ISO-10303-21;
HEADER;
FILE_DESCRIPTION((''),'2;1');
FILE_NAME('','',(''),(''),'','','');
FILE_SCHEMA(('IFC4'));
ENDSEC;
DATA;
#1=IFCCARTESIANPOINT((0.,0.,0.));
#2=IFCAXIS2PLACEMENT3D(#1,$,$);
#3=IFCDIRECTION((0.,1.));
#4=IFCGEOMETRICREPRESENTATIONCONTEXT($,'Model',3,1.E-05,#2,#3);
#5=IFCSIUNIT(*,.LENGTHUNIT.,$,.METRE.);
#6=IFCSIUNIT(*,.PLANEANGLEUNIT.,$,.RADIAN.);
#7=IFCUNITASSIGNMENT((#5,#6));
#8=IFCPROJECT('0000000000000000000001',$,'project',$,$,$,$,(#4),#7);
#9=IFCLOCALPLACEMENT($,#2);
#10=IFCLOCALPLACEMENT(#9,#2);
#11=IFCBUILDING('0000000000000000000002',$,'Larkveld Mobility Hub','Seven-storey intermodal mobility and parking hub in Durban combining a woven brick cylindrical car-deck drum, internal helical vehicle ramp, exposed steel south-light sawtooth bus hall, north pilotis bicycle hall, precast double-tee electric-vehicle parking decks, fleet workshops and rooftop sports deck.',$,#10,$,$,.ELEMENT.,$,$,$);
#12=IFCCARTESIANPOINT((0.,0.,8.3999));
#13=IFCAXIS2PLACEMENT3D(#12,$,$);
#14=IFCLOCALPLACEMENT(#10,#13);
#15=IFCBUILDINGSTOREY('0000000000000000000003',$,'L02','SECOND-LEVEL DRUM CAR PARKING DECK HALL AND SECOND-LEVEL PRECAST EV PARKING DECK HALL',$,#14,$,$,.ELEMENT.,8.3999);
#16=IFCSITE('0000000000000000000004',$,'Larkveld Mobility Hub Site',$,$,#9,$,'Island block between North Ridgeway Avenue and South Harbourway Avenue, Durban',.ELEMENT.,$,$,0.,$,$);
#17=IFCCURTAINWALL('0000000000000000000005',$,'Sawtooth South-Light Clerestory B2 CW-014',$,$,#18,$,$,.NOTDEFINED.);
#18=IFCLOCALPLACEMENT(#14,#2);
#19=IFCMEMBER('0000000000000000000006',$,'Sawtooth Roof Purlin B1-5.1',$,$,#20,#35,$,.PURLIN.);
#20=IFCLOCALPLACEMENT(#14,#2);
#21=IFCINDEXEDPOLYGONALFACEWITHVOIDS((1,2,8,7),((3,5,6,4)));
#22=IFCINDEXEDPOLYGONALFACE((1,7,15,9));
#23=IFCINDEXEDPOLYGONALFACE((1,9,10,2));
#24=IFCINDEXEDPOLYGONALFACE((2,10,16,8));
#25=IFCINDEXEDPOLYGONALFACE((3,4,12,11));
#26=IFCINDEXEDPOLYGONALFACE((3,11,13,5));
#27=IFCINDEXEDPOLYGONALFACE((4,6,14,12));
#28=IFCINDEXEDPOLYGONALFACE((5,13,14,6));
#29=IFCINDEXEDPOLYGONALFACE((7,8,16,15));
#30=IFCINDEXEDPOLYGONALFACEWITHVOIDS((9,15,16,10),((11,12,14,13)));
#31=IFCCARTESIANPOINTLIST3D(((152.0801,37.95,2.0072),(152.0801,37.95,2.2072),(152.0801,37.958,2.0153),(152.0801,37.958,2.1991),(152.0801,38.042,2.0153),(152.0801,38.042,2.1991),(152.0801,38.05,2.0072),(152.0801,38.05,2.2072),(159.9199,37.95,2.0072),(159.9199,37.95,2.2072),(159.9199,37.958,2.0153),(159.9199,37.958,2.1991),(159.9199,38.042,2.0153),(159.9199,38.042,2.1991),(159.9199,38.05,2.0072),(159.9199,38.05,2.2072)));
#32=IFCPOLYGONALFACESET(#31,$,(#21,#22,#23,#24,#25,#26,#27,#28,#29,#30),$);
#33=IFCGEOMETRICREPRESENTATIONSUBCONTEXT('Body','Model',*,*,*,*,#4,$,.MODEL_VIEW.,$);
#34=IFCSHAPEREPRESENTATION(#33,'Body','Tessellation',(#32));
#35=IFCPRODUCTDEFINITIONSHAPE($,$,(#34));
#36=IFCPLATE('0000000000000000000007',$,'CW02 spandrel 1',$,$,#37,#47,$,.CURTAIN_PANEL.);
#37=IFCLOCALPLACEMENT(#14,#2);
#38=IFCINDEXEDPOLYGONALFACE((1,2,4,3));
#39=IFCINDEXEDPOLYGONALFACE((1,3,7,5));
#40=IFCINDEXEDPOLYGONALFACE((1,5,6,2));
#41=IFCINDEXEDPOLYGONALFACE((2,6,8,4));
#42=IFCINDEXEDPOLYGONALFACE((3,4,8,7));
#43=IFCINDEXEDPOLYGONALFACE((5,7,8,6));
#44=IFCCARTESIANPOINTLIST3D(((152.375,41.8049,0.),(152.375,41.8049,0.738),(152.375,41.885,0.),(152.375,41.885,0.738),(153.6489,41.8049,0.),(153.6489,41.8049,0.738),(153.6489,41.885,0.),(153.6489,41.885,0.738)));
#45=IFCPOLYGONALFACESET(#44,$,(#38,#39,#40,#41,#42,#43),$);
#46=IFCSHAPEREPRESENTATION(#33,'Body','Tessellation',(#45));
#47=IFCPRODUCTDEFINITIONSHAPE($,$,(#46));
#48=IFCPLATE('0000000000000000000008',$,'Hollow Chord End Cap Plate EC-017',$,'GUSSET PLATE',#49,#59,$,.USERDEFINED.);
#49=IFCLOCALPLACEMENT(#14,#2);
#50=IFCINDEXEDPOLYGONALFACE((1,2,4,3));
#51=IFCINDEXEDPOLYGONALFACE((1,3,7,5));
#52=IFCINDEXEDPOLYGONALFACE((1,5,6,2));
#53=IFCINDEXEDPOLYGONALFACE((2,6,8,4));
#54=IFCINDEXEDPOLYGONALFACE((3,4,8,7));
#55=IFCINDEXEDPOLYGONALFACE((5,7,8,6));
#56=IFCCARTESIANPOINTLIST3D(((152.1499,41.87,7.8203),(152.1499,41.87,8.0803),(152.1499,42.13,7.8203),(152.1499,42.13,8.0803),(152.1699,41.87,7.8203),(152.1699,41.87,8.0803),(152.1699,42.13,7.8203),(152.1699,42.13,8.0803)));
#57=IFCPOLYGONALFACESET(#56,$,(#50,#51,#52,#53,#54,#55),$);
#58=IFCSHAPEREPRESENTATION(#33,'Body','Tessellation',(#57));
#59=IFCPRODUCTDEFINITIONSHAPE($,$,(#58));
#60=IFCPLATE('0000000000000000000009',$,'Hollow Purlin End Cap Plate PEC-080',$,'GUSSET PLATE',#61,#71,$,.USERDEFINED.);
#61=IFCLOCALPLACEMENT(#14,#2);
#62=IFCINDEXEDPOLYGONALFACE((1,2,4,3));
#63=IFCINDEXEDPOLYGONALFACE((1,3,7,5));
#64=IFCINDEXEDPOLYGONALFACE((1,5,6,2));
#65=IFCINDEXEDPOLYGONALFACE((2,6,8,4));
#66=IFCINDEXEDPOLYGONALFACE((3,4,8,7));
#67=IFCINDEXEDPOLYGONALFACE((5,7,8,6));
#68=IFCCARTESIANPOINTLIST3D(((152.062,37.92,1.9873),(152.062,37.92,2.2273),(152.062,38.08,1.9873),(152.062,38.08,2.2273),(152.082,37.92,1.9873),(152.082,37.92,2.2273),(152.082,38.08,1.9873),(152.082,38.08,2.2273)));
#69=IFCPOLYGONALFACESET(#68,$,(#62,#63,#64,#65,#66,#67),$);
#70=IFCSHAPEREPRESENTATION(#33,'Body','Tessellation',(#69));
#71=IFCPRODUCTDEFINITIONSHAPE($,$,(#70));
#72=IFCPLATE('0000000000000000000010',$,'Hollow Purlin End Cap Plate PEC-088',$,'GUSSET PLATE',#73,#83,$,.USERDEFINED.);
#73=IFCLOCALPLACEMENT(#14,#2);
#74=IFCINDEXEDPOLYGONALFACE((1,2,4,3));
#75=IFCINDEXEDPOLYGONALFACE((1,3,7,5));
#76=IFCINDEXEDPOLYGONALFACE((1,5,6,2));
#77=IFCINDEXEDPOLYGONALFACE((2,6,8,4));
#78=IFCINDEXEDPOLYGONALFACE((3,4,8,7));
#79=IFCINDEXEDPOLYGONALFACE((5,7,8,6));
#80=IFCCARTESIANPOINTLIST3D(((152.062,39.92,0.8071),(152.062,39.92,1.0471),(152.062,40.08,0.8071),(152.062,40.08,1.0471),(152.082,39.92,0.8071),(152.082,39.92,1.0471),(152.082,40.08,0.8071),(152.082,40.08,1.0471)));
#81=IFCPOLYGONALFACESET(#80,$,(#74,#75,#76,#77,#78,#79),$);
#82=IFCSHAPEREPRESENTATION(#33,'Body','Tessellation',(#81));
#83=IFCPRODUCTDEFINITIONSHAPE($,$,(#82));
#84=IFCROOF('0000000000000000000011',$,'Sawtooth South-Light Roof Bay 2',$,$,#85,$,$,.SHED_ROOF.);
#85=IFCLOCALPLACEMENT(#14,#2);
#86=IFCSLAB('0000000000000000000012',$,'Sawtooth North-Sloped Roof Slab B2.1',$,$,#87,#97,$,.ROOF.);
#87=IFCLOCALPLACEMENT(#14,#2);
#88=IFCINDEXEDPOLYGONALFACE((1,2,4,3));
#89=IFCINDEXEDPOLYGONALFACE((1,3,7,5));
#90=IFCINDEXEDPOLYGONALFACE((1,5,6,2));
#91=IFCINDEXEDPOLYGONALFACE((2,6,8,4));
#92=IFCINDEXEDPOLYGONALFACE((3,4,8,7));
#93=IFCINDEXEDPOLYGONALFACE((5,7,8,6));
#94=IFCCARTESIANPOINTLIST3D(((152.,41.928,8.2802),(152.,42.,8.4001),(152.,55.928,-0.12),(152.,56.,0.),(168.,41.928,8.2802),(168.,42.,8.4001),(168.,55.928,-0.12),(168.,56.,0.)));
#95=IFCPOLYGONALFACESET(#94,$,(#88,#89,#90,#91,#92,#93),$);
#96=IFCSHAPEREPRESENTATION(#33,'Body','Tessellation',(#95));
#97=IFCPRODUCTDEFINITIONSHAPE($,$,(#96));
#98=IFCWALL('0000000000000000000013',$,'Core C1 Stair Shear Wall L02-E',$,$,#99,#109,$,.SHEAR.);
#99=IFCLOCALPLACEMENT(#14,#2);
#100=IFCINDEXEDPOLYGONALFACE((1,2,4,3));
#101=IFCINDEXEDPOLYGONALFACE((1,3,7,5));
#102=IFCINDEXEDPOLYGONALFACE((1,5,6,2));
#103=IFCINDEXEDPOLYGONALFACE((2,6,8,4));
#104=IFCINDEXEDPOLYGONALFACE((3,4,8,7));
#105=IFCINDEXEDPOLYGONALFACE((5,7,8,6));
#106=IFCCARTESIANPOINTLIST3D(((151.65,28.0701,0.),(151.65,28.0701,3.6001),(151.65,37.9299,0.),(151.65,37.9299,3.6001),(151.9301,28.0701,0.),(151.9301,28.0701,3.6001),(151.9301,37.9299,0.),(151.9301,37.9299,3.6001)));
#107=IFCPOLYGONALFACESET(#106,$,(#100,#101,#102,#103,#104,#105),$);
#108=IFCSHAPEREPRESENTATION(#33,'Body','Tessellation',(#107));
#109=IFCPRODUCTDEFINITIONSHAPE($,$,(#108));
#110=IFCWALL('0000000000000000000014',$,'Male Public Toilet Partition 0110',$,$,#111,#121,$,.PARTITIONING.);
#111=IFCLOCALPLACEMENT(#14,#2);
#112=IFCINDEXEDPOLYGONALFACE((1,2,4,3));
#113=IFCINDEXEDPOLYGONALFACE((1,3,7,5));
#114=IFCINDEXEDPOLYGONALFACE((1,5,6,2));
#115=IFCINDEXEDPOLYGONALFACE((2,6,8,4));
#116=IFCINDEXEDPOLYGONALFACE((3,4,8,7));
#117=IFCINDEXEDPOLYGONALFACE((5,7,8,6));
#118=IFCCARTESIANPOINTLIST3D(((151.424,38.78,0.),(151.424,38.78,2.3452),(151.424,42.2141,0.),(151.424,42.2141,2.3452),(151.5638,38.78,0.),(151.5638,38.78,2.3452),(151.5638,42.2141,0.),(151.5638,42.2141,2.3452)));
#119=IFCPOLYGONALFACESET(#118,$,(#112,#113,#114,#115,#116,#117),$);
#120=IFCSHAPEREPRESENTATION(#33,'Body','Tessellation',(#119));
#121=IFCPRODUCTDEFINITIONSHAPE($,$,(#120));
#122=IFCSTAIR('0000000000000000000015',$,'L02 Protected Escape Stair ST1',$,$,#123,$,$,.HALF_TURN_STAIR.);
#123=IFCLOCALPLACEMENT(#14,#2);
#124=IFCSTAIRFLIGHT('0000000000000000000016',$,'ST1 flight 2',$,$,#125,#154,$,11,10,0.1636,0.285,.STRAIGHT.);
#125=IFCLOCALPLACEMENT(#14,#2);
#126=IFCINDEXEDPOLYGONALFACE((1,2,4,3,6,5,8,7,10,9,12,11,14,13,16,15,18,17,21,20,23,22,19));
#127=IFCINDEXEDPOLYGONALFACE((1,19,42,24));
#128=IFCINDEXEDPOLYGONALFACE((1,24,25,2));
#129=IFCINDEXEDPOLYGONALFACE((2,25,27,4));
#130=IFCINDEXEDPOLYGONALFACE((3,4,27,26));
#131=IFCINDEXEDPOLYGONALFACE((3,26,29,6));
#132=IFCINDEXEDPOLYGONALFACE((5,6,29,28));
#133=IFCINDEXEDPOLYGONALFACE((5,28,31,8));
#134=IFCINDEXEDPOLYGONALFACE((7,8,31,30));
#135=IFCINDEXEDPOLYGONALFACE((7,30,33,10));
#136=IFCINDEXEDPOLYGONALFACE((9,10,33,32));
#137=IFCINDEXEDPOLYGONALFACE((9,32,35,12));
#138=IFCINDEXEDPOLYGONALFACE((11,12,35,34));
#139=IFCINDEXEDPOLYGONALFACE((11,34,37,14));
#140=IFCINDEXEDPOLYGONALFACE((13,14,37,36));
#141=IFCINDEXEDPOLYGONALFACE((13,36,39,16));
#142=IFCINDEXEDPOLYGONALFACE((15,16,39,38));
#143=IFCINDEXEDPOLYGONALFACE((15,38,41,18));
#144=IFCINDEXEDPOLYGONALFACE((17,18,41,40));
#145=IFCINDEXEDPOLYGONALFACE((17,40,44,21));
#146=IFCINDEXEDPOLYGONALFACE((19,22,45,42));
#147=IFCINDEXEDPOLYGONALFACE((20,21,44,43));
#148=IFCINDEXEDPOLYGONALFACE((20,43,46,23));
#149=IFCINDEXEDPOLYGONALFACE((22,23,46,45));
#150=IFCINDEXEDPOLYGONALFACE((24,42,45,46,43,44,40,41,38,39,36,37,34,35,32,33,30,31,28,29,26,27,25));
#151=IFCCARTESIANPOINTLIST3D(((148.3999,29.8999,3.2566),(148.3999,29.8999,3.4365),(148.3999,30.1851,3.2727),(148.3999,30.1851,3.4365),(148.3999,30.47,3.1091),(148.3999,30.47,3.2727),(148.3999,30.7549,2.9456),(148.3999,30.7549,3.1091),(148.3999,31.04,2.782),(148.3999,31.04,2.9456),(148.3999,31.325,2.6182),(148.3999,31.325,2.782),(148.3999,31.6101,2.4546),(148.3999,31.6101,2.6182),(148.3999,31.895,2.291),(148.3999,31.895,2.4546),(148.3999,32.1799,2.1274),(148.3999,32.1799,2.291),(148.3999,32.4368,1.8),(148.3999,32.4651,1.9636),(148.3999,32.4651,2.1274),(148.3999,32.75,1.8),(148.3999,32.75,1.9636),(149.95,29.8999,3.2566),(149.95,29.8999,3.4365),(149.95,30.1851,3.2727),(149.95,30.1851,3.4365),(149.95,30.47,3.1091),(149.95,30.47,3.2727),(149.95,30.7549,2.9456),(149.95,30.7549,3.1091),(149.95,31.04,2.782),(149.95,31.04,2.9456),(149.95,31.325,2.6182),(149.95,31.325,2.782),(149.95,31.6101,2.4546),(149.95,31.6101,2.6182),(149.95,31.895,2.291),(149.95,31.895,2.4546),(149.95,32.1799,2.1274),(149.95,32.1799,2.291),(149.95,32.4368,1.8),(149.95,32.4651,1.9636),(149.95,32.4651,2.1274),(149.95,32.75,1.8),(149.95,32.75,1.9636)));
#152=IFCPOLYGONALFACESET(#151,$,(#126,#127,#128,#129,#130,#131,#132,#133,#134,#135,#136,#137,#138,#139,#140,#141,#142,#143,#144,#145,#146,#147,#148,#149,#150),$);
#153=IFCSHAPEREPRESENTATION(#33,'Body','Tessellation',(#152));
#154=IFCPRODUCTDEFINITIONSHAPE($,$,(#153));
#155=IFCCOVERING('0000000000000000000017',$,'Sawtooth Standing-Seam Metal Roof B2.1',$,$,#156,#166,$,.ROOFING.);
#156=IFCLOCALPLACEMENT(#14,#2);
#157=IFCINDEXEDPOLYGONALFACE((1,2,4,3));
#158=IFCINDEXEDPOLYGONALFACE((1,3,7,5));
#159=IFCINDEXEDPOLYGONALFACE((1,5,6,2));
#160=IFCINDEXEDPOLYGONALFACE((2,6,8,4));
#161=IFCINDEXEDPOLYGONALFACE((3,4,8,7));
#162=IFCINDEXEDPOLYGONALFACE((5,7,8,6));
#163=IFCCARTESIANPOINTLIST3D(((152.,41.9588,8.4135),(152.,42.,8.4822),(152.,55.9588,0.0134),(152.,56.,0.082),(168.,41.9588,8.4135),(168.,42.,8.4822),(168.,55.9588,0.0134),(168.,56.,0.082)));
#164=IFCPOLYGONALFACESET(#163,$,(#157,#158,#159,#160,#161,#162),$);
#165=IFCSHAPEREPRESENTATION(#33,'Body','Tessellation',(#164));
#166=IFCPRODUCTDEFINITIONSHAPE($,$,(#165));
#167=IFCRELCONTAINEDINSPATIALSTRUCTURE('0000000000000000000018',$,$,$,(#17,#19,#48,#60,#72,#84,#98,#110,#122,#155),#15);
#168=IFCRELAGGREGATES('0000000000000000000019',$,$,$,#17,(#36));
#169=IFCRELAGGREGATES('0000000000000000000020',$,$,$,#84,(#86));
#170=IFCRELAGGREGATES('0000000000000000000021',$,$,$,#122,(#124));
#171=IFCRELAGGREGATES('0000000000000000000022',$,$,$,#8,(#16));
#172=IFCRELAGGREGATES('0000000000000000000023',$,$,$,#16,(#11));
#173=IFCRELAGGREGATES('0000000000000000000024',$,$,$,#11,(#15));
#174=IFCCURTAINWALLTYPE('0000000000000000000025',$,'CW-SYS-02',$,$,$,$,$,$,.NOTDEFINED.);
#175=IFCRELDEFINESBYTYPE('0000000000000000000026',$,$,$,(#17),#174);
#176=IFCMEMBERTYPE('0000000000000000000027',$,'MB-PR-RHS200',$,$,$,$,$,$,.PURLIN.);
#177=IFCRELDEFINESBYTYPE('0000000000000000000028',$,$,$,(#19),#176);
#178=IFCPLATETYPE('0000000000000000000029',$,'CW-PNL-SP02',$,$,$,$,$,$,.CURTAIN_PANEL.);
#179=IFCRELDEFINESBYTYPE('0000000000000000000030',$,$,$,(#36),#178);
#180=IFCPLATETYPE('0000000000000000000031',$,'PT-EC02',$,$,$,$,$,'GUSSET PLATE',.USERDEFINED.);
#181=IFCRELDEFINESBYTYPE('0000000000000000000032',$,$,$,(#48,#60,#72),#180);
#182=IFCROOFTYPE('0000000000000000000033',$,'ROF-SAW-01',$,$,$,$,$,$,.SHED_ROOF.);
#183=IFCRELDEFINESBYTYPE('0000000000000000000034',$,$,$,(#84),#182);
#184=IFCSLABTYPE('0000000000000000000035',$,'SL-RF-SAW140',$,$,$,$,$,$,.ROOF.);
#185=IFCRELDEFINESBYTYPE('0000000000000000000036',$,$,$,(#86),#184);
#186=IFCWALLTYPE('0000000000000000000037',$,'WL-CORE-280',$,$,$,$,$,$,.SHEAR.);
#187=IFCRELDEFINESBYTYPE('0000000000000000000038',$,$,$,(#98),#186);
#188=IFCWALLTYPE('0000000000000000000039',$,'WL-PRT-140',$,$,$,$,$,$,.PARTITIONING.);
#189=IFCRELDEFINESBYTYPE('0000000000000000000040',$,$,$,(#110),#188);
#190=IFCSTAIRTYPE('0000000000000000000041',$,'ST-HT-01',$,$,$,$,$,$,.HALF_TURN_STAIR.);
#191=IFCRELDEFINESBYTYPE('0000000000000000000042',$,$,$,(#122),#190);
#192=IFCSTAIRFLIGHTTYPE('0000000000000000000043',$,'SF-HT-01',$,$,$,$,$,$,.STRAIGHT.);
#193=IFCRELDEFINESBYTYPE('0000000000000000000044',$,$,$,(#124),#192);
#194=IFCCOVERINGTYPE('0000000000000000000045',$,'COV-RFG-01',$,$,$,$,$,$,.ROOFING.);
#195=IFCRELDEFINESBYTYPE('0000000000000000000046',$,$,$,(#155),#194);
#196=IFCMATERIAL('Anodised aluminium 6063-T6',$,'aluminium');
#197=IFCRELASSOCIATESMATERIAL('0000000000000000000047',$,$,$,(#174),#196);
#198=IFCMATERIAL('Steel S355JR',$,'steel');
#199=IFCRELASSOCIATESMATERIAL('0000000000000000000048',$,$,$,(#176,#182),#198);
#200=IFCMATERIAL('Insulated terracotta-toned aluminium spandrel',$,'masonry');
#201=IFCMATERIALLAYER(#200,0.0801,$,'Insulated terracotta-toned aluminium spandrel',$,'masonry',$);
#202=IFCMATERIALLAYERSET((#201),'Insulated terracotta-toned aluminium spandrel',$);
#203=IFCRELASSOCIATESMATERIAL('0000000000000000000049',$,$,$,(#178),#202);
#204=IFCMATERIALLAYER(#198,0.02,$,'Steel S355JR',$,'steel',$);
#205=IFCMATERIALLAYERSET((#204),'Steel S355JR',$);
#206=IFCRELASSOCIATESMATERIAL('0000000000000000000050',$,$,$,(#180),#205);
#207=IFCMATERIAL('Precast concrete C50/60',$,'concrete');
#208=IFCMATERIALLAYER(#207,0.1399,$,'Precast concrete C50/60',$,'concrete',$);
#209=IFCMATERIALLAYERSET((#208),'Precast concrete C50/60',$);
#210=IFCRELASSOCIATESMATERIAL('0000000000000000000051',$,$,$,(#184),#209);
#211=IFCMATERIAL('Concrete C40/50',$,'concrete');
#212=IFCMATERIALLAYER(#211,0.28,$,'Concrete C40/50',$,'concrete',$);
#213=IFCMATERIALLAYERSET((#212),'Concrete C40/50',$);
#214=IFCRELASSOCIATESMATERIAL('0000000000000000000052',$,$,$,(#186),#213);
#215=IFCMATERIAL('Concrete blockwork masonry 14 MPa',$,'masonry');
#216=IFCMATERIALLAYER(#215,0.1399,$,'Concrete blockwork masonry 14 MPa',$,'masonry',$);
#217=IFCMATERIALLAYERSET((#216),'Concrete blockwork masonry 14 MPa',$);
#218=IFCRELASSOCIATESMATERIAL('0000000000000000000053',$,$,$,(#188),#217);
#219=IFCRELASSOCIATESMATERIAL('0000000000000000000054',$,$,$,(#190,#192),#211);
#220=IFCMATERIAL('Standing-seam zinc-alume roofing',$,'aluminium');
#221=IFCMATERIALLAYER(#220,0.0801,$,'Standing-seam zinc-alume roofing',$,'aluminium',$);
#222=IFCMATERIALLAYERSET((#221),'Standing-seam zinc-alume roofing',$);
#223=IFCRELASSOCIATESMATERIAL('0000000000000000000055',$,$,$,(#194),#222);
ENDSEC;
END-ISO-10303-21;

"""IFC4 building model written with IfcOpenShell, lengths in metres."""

from ifc_helpers import new_model, si_unit, direction, frame, frame_2d, origin, origin_2d, place, context, subcontext, project, spatial, polyline, rectangle, hollow_rectangle, outline, extrude, material, layer, layer_set, material_profile, profile_set, type_object, element, aggregate, save


model = new_model("IFC4")

# Units and contexts
model_context = context("Model", 3, precision=1e-05, world=origin(), true_north=direction((0.0, 1.0)))
body_context = subcontext(model_context, "Body", "Model", "MODEL_VIEW")
ifc_project = project(units=[si_unit("LENGTHUNIT", "METRE"), si_unit("PLANEANGLEUNIT", "RADIAN")], contexts=[model_context])

# Site, building, storey
site_placement = place(None, origin())
site = spatial("IfcSite", under=ifc_project, at=site_placement, Name="Larkveld Mobility Hub Site", LongName="Island block between North Ridgeway Avenue and South Harbourway Avenue, Durban", CompositionType="ELEMENT", RefElevation=0.0)
building_placement = place(site_placement, origin())
building = spatial("IfcBuilding", under=site, at=building_placement, Name="Larkveld Mobility Hub", Description="Seven-storey intermodal mobility and parking hub in Durban combining a woven brick cylindrical car-deck drum, internal helical vehicle ramp, exposed steel south-light sawtooth bus hall, north pilotis bicycle hall, precast double-tee electric-vehicle parking decks, fleet workshops and rooftop sports deck.", CompositionType="ELEMENT")
storey_placement = place(building_placement, frame((0.0, 0.0, 8.3999)))
storey = spatial("IfcBuildingStorey", under=building, at=storey_placement, Name="L02", Description="SECOND-LEVEL DRUM CAR PARKING DECK HALL AND SECOND-LEVEL PRECAST EV PARKING DECK HALL", CompositionType="ELEMENT", Elevation=8.3999)

# Shared definitions
ifc_material_1 = material(Name="Concrete C40/50", Category="concrete")

# Shared definitions
ifc_material_2 = material(Name="Steel S355JR", Category="steel")

# Curtain wall
ifc_material_3 = material(Name="Anodised aluminium 6063-T6", Category="aluminium")
curtain_wall_type = type_object("IfcCurtainWallType", Name="CW-SYS-02", PredefinedType="NOTDEFINED", material=ifc_material_3)
curtain_wall_placement = place(storey_placement, origin())
curtain_wall = element("IfcCurtainWall", 1, at=curtain_wall_placement, inside=storey, type_object=curtain_wall_type, Name="Sawtooth South-Light Clerestory B2 CW-014", PredefinedType="NOTDEFINED")

# Member
ifc_material_profile_1 = material_profile(ifc_material_2, hollow_rectangle(XDim=0.1001, YDim=0.2, WallThickness=0.0081, at=origin_2d()), Name="RHS 200x100x8")
ifc_profile_set_1 = profile_set([ifc_material_profile_1], Name="Steel S355JR")
member_type_1 = type_object("IfcMemberType", Name="MB-PR-RHS200", PredefinedType="PURLIN", material=ifc_profile_set_1)
member_1_placement = place(storey_placement, frame((152.0801, 38.0, 2.1072), z_axis=(1.0, 0.0, 0.0), x_axis=(0.0, 1.0, 0.0)))
element("IfcMember", 2, at=member_1_placement, inside=storey, type_object=member_type_1, Name="Sawtooth Roof Purlin B1-5.1", PredefinedType="PURLIN", context=body_context, shape_type="SweptSolid", body=[
    extrude(hollow_rectangle(XDim=0.1001, YDim=0.2, WallThickness=0.0081, at=origin_2d()), origin(), (0.0, 0.0, 1.0), 7.8398),
])

# Plate
ifc_material_4 = material(Name="Insulated terracotta-toned aluminium spandrel", Category="masonry")
ifc_layer_1 = layer(ifc_material_4, 0.0801, Name="Insulated terracotta-toned aluminium spandrel", Category="masonry")
ifc_layer_set_1 = layer_set([ifc_layer_1], Name="Insulated terracotta-toned aluminium spandrel")
plate_type_1 = type_object("IfcPlateType", Name="CW-PNL-SP02", PredefinedType="CURTAIN_PANEL", material=ifc_layer_set_1)
plate_1_placement = place(storey_placement, frame((153.012, 41.845, 0.0), z_axis=(0.0, 0.0, 1.0), x_axis=(1.0, 0.0, 0.0)))
plate_1 = element("IfcPlate", 3, at=plate_1_placement, type_object=plate_type_1, Name="CW02 spandrel 1", PredefinedType="CURTAIN_PANEL", context=body_context, shape_type="SweptSolid", body=[
    extrude(rectangle(XDim=1.2739, YDim=0.0801, at=origin_2d()), origin(), (0.0, 0.0, 1.0), 0.738),
])
aggregate(curtain_wall, [plate_1])

# Plates
ifc_layer_2 = layer(ifc_material_2, 0.02, Name="Steel S355JR", Category="steel")
ifc_layer_set_2 = layer_set([ifc_layer_2], Name="Steel S355JR")
plate_type_2 = type_object("IfcPlateType", Name="PT-EC02", ElementType="GUSSET PLATE", PredefinedType="USERDEFINED", material=ifc_layer_set_2)
plate_2_placement = place(storey_placement, frame((152.1599, 42.0, 7.8203), z_axis=(0.0, 0.0, 1.0), x_axis=(1.0, 0.0, 0.0)))
element("IfcPlate", 4, at=plate_2_placement, inside=storey, type_object=plate_type_2, Name="Hollow Chord End Cap Plate EC-017", ObjectType="GUSSET PLATE", PredefinedType="USERDEFINED", context=body_context, shape_type="SweptSolid", body=[
    extrude(rectangle(XDim=0.02, YDim=0.26, at=origin_2d()), origin(), (0.0, 0.0, 1.0), 0.26),
])
for number, where, z_axis, x_axis, name in (
    (5, (152.072, 38.0, 1.9873), (0.0, 0.0, 1.0), (1.0, 0.0, 0.0), "Hollow Purlin End Cap Plate PEC-080"),
    (6, (152.072, 40.0, 0.8071), (0.0, 0.0, 1.0), (1.0, 0.0, 0.0), "Hollow Purlin End Cap Plate PEC-088"),
):
    element("IfcPlate", number, at=place(storey_placement, frame(where, z_axis=z_axis, x_axis=x_axis)), inside=storey, type_object=plate_type_2, Name=name, ObjectType="GUSSET PLATE", PredefinedType="USERDEFINED", context=body_context, shape_type="SweptSolid", body=[
        extrude(rectangle(XDim=0.02, YDim=0.1599, at=origin_2d()), origin(), (0.0, 0.0, 1.0), 0.24),
    ])

# Roof, slab
roof_type = type_object("IfcRoofType", Name="ROF-SAW-01", PredefinedType="SHED_ROOF", material=ifc_material_2)
roof_placement = place(storey_placement, origin())
roof = element("IfcRoof", 7, at=roof_placement, inside=storey, type_object=roof_type, Name="Sawtooth South-Light Roof Bay 2", PredefinedType="SHED_ROOF")
ifc_material_5 = material(Name="Precast concrete C50/60", Category="concrete")
ifc_layer_3 = layer(ifc_material_5, 0.1399, Name="Precast concrete C50/60", Category="concrete")
ifc_layer_set_3 = layer_set([ifc_layer_3], Name="Precast concrete C50/60")
slab_type = type_object("IfcSlabType", Name="SL-RF-SAW140", PredefinedType="ROOF", material=ifc_layer_set_3)
slab_placement = place(storey_placement, frame((152.0, 42.0, 8.4001), z_axis=(0.0, 0.514502, 0.857489), x_axis=(1.0, 0.0, 0.0)))
slab = element("IfcSlab", 8, at=slab_placement, type_object=slab_type, Name="Sawtooth North-Sloped Roof Slab B2.1", PredefinedType="ROOF", context=body_context, shape_type="SweptSolid", body=[
    extrude(outline(polyline([(0.0, 0.0), (16.0, 0.0), (16.0, 16.3267), (0.0, 16.3267), (0.0, 0.0)])), origin(), (0.0, 0.0, -1.0), 0.1399),
])
aggregate(roof, [slab])

# Walls
ifc_layer_4 = layer(ifc_material_1, 0.28, Name="Concrete C40/50", Category="concrete")
ifc_layer_set_4 = layer_set([ifc_layer_4], Name="Concrete C40/50")
wall_type_1 = type_object("IfcWallType", Name="WL-CORE-280", PredefinedType="SHEAR", material=ifc_layer_set_4)
wall_1_placement = place(storey_placement, frame((151.79, 37.9299, 0.0), z_axis=(0.0, 0.0, 1.0), x_axis=(0.0, -1.0, 0.0)))
element("IfcWall", 9, at=wall_1_placement, inside=storey, type_object=wall_type_1, Name="Core C1 Stair Shear Wall L02-E", PredefinedType="SHEAR", context=body_context, shape_type="SweptSolid", body=[
    extrude(rectangle(XDim=9.8599, YDim=0.28, at=frame_2d((4.9299, 0.0))), origin(), (0.0, 0.0, 1.0), 3.6001),
])
ifc_material_6 = material(Name="Concrete blockwork masonry 14 MPa", Category="masonry")
ifc_layer_5 = layer(ifc_material_6, 0.1399, Name="Concrete blockwork masonry 14 MPa", Category="masonry")
ifc_layer_set_5 = layer_set([ifc_layer_5], Name="Concrete blockwork masonry 14 MPa")
wall_type_2 = type_object("IfcWallType", Name="WL-PRT-140", PredefinedType="PARTITIONING", material=ifc_layer_set_5)
wall_2_placement = place(storey_placement, frame((151.4939, 38.78, 0.0), z_axis=(0.0, 0.0, 1.0), x_axis=(0.0, 1.0, 0.0)))
element("IfcWall", 10, at=wall_2_placement, inside=storey, type_object=wall_type_2, Name="Male Public Toilet Partition 0110", PredefinedType="PARTITIONING", context=body_context, shape_type="SweptSolid", body=[
    extrude(rectangle(XDim=3.4341, YDim=0.1399, at=frame_2d((1.717, 0.0))), origin(), (0.0, 0.0, 1.0), 2.3452),
])

# Stair, stair flight
stair_type = type_object("IfcStairType", Name="ST-HT-01", PredefinedType="HALF_TURN_STAIR", material=ifc_material_1)
stair_placement = place(storey_placement, origin())
stair = element("IfcStair", 11, at=stair_placement, inside=storey, type_object=stair_type, Name="L02 Protected Escape Stair ST1", PredefinedType="HALF_TURN_STAIR")
stair_flight_type = type_object("IfcStairFlightType", Name="SF-HT-01", PredefinedType="STRAIGHT", material=ifc_material_1)
stair_flight_placement = place(storey_placement, frame((149.175, 32.75, 1.8), z_axis=(0.0, 0.0, 1.0), x_axis=(0.0, -1.0, 0.0)))
stair_flight = element("IfcStairFlight", 12, at=stair_flight_placement, type_object=stair_flight_type, Name="ST1 flight 2", NumberOfRisers=11, NumberOfTreads=10, PredefinedType="STRAIGHT", RiserHeight=0.1636, TreadLength=0.285, context=body_context, shape_type="SweptSolid", body=[
    extrude(outline(polyline([(0.0, 0.0), (0.0, 0.1636), (0.2849, 0.1636), (0.2849, 0.3274), (0.5701, 0.3274), (0.5701, 0.491), (0.855, 0.491), (0.855, 0.6545), (1.1399, 0.6545), (1.1399, 0.8181), (1.425, 0.8181), (1.425, 0.9819), (1.71, 0.9819), (1.71, 1.1455), (1.9951, 1.1455), (1.9951, 1.3091), (2.28, 1.3091), (2.28, 1.4727), (2.5649, 1.4727), (2.5649, 1.6365), (2.8501, 1.6365), (2.8501, 1.8), (2.8501, 1.4565), (0.3132, 0.0), (0.0, 0.0)])), frame((0.0, 0.7749, 0.0), z_axis=(0.0, -1.0, 0.0), x_axis=(1.0, 0.0, 0.0)), (0.0, 0.0, 1.0), 1.55),
])
aggregate(stair, [stair_flight])

# Covering
ifc_material_7 = material(Name="Standing-seam zinc-alume roofing", Category="aluminium")
ifc_layer_6 = layer(ifc_material_7, 0.0801, Name="Standing-seam zinc-alume roofing", Category="aluminium")
ifc_layer_set_6 = layer_set([ifc_layer_6], Name="Standing-seam zinc-alume roofing")
covering_type = type_object("IfcCoveringType", Name="COV-RFG-01", PredefinedType="ROOFING", material=ifc_layer_set_6)
covering_placement = place(storey_placement, frame((152.0, 42.0, 8.4822), z_axis=(0.0, 0.514502, 0.857489), x_axis=(1.0, 0.0, 0.0)))
element("IfcCovering", 13, at=covering_placement, inside=storey, type_object=covering_type, Name="Sawtooth Standing-Seam Metal Roof B2.1", PredefinedType="ROOFING", context=body_context, shape_type="SweptSolid", body=[
    extrude(outline(polyline([(0.0, 0.0), (16.0, 0.0), (16.0, 16.3267), (0.0, 16.3267), (0.0, 0.0)])), origin(), (0.0, 0.0, -1.0), 0.0801),
])

save(model, "model.ifc")
